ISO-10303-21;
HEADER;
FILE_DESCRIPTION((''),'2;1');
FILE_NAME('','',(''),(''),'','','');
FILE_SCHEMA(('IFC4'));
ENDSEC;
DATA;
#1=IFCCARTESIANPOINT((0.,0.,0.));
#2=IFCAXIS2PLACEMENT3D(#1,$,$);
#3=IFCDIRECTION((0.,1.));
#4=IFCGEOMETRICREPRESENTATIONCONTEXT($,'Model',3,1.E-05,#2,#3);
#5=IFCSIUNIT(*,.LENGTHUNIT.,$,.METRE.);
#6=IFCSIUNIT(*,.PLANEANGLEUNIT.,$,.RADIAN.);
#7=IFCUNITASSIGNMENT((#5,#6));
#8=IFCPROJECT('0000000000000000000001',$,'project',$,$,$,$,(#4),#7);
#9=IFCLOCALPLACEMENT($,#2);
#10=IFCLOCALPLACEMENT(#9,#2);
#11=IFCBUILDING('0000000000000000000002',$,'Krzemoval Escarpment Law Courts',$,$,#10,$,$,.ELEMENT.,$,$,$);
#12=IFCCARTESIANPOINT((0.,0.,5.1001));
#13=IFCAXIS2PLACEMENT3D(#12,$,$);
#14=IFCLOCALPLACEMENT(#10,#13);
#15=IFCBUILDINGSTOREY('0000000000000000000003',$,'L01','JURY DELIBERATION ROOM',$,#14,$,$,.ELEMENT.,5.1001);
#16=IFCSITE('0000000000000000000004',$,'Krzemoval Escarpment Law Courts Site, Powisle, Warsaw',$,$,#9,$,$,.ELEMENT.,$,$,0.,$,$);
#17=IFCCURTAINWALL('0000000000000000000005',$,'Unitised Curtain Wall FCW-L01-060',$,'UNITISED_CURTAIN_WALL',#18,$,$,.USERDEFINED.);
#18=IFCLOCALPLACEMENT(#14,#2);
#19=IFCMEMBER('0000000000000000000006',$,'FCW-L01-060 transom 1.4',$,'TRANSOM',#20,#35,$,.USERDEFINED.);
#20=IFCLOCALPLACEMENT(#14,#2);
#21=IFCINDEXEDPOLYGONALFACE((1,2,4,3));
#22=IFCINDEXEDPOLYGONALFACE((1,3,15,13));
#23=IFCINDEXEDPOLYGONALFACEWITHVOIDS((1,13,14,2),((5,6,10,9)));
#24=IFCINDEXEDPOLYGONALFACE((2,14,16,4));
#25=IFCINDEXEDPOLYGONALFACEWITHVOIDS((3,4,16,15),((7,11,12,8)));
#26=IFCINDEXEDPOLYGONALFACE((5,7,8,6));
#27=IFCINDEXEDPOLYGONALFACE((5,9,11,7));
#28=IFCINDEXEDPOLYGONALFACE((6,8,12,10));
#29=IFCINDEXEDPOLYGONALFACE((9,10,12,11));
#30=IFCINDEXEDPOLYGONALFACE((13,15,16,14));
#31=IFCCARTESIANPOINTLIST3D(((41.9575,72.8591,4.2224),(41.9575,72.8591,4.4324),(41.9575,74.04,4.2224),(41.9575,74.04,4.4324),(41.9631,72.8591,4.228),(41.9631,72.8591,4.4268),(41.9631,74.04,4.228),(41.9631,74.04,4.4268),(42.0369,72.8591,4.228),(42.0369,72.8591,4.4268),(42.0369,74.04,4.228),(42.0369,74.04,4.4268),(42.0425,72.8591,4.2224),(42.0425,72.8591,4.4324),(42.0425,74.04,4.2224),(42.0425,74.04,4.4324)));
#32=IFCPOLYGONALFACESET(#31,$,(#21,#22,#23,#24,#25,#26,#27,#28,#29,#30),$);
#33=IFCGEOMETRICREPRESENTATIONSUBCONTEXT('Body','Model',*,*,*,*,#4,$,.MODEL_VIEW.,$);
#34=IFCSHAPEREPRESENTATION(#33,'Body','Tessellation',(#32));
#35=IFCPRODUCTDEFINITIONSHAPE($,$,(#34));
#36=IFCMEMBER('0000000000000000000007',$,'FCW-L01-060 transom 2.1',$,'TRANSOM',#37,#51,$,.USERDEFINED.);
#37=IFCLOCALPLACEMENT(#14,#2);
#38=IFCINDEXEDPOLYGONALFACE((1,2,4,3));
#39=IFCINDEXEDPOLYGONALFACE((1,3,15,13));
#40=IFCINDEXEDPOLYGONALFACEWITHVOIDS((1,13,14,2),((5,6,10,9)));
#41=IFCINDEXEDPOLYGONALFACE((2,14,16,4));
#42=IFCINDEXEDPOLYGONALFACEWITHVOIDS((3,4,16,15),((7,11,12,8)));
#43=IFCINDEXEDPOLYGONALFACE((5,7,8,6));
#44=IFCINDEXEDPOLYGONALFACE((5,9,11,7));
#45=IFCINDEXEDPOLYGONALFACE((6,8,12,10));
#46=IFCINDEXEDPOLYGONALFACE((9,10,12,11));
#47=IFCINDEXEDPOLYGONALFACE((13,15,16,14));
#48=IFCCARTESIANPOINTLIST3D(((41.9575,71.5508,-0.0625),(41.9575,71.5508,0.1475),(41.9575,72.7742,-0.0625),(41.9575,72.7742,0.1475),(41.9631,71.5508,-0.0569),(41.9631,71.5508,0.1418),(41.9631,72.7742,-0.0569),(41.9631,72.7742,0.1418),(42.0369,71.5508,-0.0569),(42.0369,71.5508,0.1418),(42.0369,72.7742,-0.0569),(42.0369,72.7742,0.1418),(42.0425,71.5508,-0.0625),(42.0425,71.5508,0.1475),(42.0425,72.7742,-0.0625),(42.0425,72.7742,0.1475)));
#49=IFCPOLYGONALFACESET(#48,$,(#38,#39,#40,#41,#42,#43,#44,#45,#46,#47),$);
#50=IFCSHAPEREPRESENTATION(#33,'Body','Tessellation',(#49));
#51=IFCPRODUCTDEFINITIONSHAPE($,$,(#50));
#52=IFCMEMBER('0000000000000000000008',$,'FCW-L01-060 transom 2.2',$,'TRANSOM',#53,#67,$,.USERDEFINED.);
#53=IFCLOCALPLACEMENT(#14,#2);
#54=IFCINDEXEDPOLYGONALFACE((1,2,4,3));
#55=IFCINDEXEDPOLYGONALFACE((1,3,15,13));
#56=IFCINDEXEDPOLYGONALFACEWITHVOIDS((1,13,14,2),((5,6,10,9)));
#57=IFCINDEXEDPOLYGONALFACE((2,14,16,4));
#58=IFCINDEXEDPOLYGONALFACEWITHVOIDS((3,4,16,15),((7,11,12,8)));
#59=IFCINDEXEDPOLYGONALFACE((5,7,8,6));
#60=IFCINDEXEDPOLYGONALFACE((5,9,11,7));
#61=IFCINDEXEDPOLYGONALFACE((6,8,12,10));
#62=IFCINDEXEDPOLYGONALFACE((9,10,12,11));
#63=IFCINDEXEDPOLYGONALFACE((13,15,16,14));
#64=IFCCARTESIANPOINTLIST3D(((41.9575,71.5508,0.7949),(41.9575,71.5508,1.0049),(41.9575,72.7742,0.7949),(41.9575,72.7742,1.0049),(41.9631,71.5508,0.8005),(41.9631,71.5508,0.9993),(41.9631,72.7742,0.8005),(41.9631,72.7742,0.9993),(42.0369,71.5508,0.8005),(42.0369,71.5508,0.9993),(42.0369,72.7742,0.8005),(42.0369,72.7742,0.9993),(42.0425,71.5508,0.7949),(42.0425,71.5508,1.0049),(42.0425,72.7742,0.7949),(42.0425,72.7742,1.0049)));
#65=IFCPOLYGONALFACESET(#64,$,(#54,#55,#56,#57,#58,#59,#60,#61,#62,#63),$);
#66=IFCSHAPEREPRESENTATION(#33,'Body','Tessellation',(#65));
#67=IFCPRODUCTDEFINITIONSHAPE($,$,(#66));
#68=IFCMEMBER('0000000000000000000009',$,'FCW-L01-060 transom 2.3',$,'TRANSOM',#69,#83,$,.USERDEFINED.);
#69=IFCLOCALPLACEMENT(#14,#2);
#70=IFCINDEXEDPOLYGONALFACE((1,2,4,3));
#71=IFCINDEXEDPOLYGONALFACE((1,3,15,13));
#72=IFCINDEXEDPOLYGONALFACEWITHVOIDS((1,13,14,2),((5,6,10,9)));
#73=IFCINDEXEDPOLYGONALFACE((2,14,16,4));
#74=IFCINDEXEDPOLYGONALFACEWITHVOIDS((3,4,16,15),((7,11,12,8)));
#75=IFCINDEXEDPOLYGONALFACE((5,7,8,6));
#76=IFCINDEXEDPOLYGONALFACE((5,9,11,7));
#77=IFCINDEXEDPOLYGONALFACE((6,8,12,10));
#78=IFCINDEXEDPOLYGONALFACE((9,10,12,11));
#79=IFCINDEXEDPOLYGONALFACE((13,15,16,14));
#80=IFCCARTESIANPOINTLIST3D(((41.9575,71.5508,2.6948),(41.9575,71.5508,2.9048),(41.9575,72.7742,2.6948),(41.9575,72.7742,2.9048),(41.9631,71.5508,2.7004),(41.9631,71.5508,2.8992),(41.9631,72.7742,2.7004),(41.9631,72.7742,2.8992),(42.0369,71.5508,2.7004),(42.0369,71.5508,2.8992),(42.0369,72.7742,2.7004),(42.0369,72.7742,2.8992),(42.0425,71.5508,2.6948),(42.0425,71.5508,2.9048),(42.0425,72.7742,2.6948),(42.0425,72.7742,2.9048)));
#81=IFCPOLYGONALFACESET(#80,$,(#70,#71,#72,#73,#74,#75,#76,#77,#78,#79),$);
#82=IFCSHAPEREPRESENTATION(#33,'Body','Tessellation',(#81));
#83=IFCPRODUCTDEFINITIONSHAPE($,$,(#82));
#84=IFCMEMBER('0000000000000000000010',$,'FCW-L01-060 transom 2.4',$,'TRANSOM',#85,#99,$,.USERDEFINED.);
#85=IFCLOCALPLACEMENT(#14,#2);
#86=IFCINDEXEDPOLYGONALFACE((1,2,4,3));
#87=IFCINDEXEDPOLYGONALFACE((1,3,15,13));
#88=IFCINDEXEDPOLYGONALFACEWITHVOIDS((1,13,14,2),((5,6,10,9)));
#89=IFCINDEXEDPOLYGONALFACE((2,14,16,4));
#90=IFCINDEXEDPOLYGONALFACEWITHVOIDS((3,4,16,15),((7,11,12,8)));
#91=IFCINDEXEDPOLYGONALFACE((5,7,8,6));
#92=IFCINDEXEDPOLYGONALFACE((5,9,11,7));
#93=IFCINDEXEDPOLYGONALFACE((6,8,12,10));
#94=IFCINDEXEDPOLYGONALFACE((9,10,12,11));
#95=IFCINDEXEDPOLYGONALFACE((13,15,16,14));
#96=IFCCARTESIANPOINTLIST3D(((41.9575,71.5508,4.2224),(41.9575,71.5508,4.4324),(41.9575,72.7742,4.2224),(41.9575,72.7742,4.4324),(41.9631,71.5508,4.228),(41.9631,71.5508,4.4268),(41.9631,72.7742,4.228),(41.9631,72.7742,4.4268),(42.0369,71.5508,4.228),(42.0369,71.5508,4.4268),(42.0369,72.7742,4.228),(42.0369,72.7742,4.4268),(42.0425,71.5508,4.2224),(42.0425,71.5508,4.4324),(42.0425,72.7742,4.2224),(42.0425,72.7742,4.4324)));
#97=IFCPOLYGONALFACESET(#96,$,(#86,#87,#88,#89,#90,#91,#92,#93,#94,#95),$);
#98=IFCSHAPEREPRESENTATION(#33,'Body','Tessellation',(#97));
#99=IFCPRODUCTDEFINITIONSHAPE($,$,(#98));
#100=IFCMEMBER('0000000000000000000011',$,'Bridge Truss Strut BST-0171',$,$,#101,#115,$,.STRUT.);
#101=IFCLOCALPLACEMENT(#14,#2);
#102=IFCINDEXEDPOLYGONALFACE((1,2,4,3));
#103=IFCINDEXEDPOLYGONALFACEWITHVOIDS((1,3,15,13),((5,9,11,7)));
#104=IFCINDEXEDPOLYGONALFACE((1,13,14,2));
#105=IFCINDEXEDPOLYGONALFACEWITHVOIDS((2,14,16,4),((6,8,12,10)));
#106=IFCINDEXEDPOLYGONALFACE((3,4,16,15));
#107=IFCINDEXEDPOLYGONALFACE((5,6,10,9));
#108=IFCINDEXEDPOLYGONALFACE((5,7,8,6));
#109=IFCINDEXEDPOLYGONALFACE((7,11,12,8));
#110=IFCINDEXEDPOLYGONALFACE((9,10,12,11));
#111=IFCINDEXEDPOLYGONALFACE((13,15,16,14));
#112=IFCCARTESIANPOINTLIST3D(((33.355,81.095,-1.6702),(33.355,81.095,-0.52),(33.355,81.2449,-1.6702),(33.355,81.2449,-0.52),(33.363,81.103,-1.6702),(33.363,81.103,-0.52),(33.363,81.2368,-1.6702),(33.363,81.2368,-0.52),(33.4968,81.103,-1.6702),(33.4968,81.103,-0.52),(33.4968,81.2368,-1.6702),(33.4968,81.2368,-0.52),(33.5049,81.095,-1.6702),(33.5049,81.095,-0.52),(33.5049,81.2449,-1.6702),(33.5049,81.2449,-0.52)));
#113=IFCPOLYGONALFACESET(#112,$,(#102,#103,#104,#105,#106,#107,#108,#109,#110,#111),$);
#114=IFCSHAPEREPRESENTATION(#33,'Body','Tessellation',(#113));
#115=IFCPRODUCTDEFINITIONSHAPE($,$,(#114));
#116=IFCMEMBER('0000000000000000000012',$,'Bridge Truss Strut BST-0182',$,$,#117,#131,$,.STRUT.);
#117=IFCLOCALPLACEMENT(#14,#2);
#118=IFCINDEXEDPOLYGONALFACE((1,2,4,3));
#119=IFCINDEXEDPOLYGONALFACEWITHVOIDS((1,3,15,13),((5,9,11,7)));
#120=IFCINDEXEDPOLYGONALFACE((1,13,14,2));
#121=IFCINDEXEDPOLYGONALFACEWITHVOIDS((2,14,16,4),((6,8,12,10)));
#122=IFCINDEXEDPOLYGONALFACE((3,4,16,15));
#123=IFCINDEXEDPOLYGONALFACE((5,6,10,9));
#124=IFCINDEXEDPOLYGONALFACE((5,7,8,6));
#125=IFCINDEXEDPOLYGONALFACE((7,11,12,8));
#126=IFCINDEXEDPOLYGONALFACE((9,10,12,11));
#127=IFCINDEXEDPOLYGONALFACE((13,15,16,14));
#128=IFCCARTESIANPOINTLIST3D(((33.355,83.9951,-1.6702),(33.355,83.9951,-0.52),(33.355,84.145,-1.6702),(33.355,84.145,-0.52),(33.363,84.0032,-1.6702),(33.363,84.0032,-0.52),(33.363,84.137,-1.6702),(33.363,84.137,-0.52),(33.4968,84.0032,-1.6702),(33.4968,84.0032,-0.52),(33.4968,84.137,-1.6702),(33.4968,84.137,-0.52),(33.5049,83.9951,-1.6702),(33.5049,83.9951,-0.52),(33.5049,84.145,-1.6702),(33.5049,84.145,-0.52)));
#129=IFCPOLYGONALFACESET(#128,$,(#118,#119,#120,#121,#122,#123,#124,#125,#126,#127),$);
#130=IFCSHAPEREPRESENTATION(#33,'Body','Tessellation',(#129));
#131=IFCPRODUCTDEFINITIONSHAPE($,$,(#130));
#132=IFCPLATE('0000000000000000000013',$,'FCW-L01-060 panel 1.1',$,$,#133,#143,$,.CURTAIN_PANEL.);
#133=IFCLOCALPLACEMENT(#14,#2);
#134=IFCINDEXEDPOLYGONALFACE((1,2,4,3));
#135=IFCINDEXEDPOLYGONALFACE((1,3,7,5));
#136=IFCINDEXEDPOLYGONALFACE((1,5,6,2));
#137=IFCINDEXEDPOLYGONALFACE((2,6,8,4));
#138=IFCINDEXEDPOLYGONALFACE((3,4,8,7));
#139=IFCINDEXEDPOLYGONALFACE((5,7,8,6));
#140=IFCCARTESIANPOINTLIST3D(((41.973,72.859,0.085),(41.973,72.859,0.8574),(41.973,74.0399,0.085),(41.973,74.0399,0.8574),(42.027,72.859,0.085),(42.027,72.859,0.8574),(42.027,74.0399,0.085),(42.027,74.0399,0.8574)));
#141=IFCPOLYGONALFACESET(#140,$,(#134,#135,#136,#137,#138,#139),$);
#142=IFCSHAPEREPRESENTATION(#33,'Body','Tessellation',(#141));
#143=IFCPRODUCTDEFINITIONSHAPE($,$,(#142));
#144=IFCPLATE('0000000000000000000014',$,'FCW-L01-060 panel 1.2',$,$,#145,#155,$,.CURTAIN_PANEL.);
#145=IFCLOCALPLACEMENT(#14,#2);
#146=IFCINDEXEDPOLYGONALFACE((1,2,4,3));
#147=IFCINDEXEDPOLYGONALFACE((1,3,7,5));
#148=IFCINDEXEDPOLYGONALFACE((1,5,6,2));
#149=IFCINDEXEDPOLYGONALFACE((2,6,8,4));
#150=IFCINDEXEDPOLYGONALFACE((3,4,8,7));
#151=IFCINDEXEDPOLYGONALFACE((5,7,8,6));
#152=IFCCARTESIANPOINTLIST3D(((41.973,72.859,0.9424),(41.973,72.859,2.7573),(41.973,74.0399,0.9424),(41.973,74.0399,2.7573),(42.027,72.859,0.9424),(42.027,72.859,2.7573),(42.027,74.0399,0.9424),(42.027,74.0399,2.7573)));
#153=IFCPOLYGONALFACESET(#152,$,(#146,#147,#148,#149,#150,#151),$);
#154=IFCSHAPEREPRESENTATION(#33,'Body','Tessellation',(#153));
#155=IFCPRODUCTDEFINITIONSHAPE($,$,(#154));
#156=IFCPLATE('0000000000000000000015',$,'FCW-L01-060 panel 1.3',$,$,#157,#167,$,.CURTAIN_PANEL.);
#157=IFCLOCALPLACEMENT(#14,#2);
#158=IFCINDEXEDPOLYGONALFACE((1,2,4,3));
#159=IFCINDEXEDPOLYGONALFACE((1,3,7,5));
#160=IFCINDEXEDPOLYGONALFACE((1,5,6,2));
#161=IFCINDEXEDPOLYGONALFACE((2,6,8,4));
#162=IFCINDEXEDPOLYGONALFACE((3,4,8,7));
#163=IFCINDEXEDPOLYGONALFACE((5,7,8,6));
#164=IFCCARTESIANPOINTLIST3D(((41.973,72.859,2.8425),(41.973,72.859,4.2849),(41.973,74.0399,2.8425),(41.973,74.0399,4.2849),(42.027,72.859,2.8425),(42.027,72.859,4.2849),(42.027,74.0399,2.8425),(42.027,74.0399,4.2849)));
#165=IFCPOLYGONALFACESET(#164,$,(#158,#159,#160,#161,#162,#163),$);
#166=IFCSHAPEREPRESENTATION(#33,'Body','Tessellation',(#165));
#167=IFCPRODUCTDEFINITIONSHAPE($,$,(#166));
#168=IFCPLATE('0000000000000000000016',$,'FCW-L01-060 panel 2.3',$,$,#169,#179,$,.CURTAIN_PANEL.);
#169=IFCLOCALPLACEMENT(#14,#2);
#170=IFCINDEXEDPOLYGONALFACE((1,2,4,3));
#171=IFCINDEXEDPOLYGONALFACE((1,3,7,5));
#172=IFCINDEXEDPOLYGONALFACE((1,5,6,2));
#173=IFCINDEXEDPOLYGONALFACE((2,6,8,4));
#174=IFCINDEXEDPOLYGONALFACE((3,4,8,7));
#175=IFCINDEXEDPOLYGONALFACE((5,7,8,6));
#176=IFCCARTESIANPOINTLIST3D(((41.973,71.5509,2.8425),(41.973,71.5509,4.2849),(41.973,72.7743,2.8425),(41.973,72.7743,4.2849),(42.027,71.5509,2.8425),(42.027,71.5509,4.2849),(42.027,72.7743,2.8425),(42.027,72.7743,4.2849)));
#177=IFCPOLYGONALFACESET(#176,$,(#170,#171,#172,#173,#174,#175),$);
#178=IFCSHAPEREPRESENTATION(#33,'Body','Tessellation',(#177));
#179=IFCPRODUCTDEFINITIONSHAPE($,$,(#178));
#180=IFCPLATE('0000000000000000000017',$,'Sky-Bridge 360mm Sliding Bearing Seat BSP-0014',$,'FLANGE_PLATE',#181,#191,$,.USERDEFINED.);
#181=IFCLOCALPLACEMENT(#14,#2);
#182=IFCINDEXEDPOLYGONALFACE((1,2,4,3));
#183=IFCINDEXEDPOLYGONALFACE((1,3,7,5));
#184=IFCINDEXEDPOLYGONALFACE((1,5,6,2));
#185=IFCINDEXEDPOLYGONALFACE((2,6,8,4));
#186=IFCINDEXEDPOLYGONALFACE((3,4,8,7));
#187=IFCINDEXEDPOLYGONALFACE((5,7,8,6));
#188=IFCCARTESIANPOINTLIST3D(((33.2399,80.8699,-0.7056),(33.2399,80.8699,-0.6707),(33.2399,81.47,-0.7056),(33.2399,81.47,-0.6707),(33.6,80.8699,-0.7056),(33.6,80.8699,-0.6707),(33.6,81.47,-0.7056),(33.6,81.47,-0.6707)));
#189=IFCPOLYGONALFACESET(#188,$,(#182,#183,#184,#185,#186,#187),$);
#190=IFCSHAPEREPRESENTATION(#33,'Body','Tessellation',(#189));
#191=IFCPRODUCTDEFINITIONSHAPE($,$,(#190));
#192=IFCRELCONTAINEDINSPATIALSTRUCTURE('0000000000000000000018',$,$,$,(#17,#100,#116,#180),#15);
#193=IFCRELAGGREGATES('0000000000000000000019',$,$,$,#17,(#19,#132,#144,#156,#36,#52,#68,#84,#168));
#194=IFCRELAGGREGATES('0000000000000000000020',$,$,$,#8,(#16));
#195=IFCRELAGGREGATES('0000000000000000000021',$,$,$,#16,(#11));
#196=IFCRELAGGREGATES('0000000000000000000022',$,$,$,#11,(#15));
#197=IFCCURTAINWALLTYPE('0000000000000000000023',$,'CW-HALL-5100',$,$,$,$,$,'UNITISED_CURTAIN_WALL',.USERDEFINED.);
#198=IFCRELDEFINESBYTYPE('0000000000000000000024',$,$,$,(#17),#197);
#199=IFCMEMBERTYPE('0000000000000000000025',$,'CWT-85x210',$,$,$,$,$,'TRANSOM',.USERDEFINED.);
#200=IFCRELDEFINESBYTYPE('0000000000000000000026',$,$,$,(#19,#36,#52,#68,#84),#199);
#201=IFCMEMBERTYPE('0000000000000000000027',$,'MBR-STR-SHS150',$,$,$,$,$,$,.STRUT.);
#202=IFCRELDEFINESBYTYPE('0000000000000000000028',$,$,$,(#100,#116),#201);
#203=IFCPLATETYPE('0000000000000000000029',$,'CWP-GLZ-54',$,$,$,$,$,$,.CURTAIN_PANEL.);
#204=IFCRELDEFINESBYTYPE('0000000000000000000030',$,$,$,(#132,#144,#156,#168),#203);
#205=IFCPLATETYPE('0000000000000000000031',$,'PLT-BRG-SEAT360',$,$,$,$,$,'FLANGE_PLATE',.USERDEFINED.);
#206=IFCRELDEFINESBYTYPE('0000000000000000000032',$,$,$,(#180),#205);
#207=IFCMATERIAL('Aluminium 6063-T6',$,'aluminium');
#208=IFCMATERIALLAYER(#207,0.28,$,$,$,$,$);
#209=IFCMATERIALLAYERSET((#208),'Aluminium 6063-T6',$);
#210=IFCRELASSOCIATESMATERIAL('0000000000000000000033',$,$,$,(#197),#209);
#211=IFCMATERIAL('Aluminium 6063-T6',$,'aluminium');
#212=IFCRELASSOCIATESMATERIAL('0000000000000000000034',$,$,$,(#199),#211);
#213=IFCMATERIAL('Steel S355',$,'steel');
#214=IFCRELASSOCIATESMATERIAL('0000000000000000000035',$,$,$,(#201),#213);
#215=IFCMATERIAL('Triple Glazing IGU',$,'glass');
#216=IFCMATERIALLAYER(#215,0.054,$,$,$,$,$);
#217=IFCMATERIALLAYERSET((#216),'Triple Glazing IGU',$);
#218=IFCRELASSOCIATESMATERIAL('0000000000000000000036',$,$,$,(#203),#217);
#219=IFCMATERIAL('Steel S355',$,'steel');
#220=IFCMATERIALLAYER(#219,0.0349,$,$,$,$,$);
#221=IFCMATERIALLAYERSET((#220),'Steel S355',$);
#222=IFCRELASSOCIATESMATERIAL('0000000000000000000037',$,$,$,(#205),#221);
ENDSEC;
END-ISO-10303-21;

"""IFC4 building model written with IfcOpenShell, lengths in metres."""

from ifc_helpers import new_model, si_unit, direction, frame, origin, origin_2d, place, context, subcontext, project, spatial, rectangle, hollow_rectangle, extrude, material, layer, layer_set, material_profile, profile_set, type_object, element, aggregate, save


model = new_model("IFC4")

# Units and contexts
model_context = context("Model", 3, precision=1e-05, world=origin(), true_north=direction((0.0, 1.0)))
body_context = subcontext(model_context, "Body", "Model", "MODEL_VIEW")
ifc_project = project(units=[si_unit("LENGTHUNIT", "METRE"), si_unit("PLANEANGLEUNIT", "RADIAN")], contexts=[model_context])

# Site, building, storey
site_placement = place(None, origin())
site = spatial("IfcSite", under=ifc_project, at=site_placement, Name="Krzemoval Escarpment Law Courts Site, Powisle, Warsaw", CompositionType="ELEMENT", RefElevation=0.0)
building_placement = place(site_placement, origin())
building = spatial("IfcBuilding", under=site, at=building_placement, Name="Krzemoval Escarpment Law Courts", CompositionType="ELEMENT")
storey_placement = place(building_placement, frame((0.0, 0.0, 5.1001)))
storey = spatial("IfcBuildingStorey", under=building, at=storey_placement, Name="L01", Description="JURY DELIBERATION ROOM", CompositionType="ELEMENT", Elevation=5.1001)

# Curtain wall, members
ifc_material_1 = material(Name="Aluminium 6063-T6", Category="aluminium")
ifc_layer_1 = layer(ifc_material_1, 0.28)
ifc_layer_set_1 = layer_set([ifc_layer_1], Name="Aluminium 6063-T6")
curtain_wall_type = type_object("IfcCurtainWallType", Name="CW-HALL-5100", ElementType="UNITISED_CURTAIN_WALL", PredefinedType="USERDEFINED", material=ifc_layer_set_1)
curtain_wall_placement = place(storey_placement, origin())
curtain_wall = element("IfcCurtainWall", 1, at=curtain_wall_placement, inside=storey, type_object=curtain_wall_type, Name="Unitised Curtain Wall FCW-L01-060", ObjectType="UNITISED_CURTAIN_WALL", PredefinedType="USERDEFINED")
ifc_material_2 = material(Name="Aluminium 6063-T6", Category="aluminium")
ifc_material_profile_1 = material_profile(ifc_material_2, hollow_rectangle(XDim=0.085, YDim=0.21, WallThickness=0.0056, at=origin_2d()), Name="ALU T85x210")
ifc_profile_set_1 = profile_set([ifc_material_profile_1], Name="Aluminium 6063-T6")
member_type_1 = type_object("IfcMemberType", Name="CWT-85x210", ElementType="TRANSOM", PredefinedType="USERDEFINED", material=ifc_profile_set_1)
member_1_placement = place(storey_placement, frame((42.0, 74.04, 4.3274), z_axis=(0.0, -1.0, 0.0), x_axis=(1.0, 0.0, 0.0)))
member_1 = element("IfcMember", 2, at=member_1_placement, type_object=member_type_1, Name="FCW-L01-060 transom 1.4", ObjectType="TRANSOM", PredefinedType="USERDEFINED", context=body_context, shape_type="SweptSolid", body=[
    extrude(hollow_rectangle(XDim=0.085, YDim=0.21, WallThickness=0.0056, at=origin_2d()), origin(), (0.0, 0.0, 1.0), 1.1809),
])
member_2_placement = place(storey_placement, frame((42.0, 72.7742, 0.0425), z_axis=(0.0, -1.0, 0.0), x_axis=(1.0, 0.0, 0.0)))
member_2 = element("IfcMember", 3, at=member_2_placement, type_object=member_type_1, Name="FCW-L01-060 transom 2.1", ObjectType="TRANSOM", PredefinedType="USERDEFINED", context=body_context, shape_type="SweptSolid", body=[
    extrude(hollow_rectangle(XDim=0.085, YDim=0.21, WallThickness=0.0056, at=origin_2d()), origin(), (0.0, 0.0, 1.0), 1.2234),
])
member_3_placement = place(storey_placement, frame((42.0, 72.7742, 0.8999), z_axis=(0.0, -1.0, 0.0), x_axis=(1.0, 0.0, 0.0)))
member_3 = element("IfcMember", 4, at=member_3_placement, type_object=member_type_1, Name="FCW-L01-060 transom 2.2", ObjectType="TRANSOM", PredefinedType="USERDEFINED", context=body_context, shape_type="SweptSolid", body=[
    extrude(hollow_rectangle(XDim=0.085, YDim=0.21, WallThickness=0.0056, at=origin_2d()), origin(), (0.0, 0.0, 1.0), 1.2234),
])
member_4_placement = place(storey_placement, frame((42.0, 72.7742, 2.7998), z_axis=(0.0, -1.0, 0.0), x_axis=(1.0, 0.0, 0.0)))
member_4 = element("IfcMember", 5, at=member_4_placement, type_object=member_type_1, Name="FCW-L01-060 transom 2.3", ObjectType="TRANSOM", PredefinedType="USERDEFINED", context=body_context, shape_type="SweptSolid", body=[
    extrude(hollow_rectangle(XDim=0.085, YDim=0.21, WallThickness=0.0056, at=origin_2d()), origin(), (0.0, 0.0, 1.0), 1.2234),
])
member_5_placement = place(storey_placement, frame((42.0, 72.7742, 4.3274), z_axis=(0.0, -1.0, 0.0), x_axis=(1.0, 0.0, 0.0)))
member_5 = element("IfcMember", 6, at=member_5_placement, type_object=member_type_1, Name="FCW-L01-060 transom 2.4", ObjectType="TRANSOM", PredefinedType="USERDEFINED", context=body_context, shape_type="SweptSolid", body=[
    extrude(hollow_rectangle(XDim=0.085, YDim=0.21, WallThickness=0.0056, at=origin_2d()), origin(), (0.0, 0.0, 1.0), 1.2234),
])

# Members
ifc_material_3 = material(Name="Steel S355", Category="steel")
ifc_material_profile_2 = material_profile(ifc_material_3, hollow_rectangle(XDim=0.1499, YDim=0.1499, WallThickness=0.0081, at=origin_2d()), Name="SHS 150x150x8")
ifc_profile_set_2 = profile_set([ifc_material_profile_2], Name="Steel S355")
member_type_2 = type_object("IfcMemberType", Name="MBR-STR-SHS150", PredefinedType="STRUT", material=ifc_profile_set_2)
for number, where, z_axis, x_axis, name in (
    (7, (33.4299, 81.1699, -1.6702), (0.0, 0.0, 1.0), (1.0, 0.0, 0.0), "Bridge Truss Strut BST-0171"),
    (8, (33.4299, 84.0701, -1.6702), (0.0, 0.0, 1.0), (1.0, 0.0, 0.0), "Bridge Truss Strut BST-0182"),
):
    element("IfcMember", number, at=place(storey_placement, frame(where, z_axis=z_axis, x_axis=x_axis)), inside=storey, type_object=member_type_2, Name=name, PredefinedType="STRUT", context=body_context, shape_type="SweptSolid", body=[
        extrude(hollow_rectangle(XDim=0.1499, YDim=0.1499, WallThickness=0.0081, at=origin_2d()), origin(), (0.0, 0.0, 1.0), 1.1501),
    ])

# Plates
ifc_material_4 = material(Name="Triple Glazing IGU", Category="glass")
ifc_layer_2 = layer(ifc_material_4, 0.054)
ifc_layer_set_2 = layer_set([ifc_layer_2], Name="Triple Glazing IGU")
plate_type_1 = type_object("IfcPlateType", Name="CWP-GLZ-54", PredefinedType="CURTAIN_PANEL", material=ifc_layer_set_2)
plate_1_placement = place(storey_placement, frame((42.0, 73.4495, 0.085), z_axis=(0.0, 0.0, 1.0), x_axis=(0.0, -1.0, 0.0)))
plate_1 = element("IfcPlate", 9, at=plate_1_placement, type_object=plate_type_1, Name="FCW-L01-060 panel 1.1", PredefinedType="CURTAIN_PANEL", context=body_context, shape_type="SweptSolid", body=[
    extrude(rectangle(XDim=1.1809, YDim=0.054, at=origin_2d()), origin(), (0.0, 0.0, 1.0), 0.7725),
])
plate_2_placement = place(storey_placement, frame((42.0, 73.4495, 0.9424), z_axis=(0.0, 0.0, 1.0), x_axis=(0.0, -1.0, 0.0)))
plate_2 = element("IfcPlate", 10, at=plate_2_placement, type_object=plate_type_1, Name="FCW-L01-060 panel 1.2", PredefinedType="CURTAIN_PANEL", context=body_context, shape_type="SweptSolid", body=[
    extrude(rectangle(XDim=1.1809, YDim=0.054, at=origin_2d()), origin(), (0.0, 0.0, 1.0), 1.8149),
])
plate_3_placement = place(storey_placement, frame((42.0, 73.4495, 2.8425), z_axis=(0.0, 0.0, 1.0), x_axis=(0.0, -1.0, 0.0)))
plate_3 = element("IfcPlate", 11, at=plate_3_placement, type_object=plate_type_1, Name="FCW-L01-060 panel 1.3", PredefinedType="CURTAIN_PANEL", context=body_context, shape_type="SweptSolid", body=[
    extrude(rectangle(XDim=1.1809, YDim=0.054, at=origin_2d()), origin(), (0.0, 0.0, 1.0), 1.4424),
])
plate_4_placement = place(storey_placement, frame((42.0, 72.1626, 2.8425), z_axis=(0.0, 0.0, 1.0), x_axis=(0.0, -1.0, 0.0)))
plate_4 = element("IfcPlate", 12, at=plate_4_placement, type_object=plate_type_1, Name="FCW-L01-060 panel 2.3", PredefinedType="CURTAIN_PANEL", context=body_context, shape_type="SweptSolid", body=[
    extrude(rectangle(XDim=1.2234, YDim=0.054, at=origin_2d()), origin(), (0.0, 0.0, 1.0), 1.4424),
])
aggregate(curtain_wall, [member_1, plate_1, plate_2, plate_3, member_2, member_3, member_4, member_5, plate_4])

# Plate
ifc_material_5 = material(Name="Steel S355", Category="steel")
ifc_layer_3 = layer(ifc_material_5, 0.0349)
ifc_layer_set_3 = layer_set([ifc_layer_3], Name="Steel S355")
plate_type_2 = type_object("IfcPlateType", Name="PLT-BRG-SEAT360", ElementType="FLANGE_PLATE", PredefinedType="USERDEFINED", material=ifc_layer_set_3)
for number, where, z_axis, x_axis, name in (
    (13, (33.4199, 81.1699, -0.7056), (0.0, 0.0, 1.0), (1.0, 0.0, 0.0), "Sky-Bridge 360mm Sliding Bearing Seat BSP-0014"),
):
    element("IfcPlate", number, at=place(storey_placement, frame(where, z_axis=z_axis, x_axis=x_axis)), inside=storey, type_object=plate_type_2, Name=name, ObjectType="FLANGE_PLATE", PredefinedType="USERDEFINED", context=body_context, shape_type="SweptSolid", body=[
        extrude(rectangle(XDim=0.3601, YDim=0.6001, at=origin_2d()), origin(), (0.0, 0.0, 1.0), 0.0349),
    ])

save(model, "model.ifc")
